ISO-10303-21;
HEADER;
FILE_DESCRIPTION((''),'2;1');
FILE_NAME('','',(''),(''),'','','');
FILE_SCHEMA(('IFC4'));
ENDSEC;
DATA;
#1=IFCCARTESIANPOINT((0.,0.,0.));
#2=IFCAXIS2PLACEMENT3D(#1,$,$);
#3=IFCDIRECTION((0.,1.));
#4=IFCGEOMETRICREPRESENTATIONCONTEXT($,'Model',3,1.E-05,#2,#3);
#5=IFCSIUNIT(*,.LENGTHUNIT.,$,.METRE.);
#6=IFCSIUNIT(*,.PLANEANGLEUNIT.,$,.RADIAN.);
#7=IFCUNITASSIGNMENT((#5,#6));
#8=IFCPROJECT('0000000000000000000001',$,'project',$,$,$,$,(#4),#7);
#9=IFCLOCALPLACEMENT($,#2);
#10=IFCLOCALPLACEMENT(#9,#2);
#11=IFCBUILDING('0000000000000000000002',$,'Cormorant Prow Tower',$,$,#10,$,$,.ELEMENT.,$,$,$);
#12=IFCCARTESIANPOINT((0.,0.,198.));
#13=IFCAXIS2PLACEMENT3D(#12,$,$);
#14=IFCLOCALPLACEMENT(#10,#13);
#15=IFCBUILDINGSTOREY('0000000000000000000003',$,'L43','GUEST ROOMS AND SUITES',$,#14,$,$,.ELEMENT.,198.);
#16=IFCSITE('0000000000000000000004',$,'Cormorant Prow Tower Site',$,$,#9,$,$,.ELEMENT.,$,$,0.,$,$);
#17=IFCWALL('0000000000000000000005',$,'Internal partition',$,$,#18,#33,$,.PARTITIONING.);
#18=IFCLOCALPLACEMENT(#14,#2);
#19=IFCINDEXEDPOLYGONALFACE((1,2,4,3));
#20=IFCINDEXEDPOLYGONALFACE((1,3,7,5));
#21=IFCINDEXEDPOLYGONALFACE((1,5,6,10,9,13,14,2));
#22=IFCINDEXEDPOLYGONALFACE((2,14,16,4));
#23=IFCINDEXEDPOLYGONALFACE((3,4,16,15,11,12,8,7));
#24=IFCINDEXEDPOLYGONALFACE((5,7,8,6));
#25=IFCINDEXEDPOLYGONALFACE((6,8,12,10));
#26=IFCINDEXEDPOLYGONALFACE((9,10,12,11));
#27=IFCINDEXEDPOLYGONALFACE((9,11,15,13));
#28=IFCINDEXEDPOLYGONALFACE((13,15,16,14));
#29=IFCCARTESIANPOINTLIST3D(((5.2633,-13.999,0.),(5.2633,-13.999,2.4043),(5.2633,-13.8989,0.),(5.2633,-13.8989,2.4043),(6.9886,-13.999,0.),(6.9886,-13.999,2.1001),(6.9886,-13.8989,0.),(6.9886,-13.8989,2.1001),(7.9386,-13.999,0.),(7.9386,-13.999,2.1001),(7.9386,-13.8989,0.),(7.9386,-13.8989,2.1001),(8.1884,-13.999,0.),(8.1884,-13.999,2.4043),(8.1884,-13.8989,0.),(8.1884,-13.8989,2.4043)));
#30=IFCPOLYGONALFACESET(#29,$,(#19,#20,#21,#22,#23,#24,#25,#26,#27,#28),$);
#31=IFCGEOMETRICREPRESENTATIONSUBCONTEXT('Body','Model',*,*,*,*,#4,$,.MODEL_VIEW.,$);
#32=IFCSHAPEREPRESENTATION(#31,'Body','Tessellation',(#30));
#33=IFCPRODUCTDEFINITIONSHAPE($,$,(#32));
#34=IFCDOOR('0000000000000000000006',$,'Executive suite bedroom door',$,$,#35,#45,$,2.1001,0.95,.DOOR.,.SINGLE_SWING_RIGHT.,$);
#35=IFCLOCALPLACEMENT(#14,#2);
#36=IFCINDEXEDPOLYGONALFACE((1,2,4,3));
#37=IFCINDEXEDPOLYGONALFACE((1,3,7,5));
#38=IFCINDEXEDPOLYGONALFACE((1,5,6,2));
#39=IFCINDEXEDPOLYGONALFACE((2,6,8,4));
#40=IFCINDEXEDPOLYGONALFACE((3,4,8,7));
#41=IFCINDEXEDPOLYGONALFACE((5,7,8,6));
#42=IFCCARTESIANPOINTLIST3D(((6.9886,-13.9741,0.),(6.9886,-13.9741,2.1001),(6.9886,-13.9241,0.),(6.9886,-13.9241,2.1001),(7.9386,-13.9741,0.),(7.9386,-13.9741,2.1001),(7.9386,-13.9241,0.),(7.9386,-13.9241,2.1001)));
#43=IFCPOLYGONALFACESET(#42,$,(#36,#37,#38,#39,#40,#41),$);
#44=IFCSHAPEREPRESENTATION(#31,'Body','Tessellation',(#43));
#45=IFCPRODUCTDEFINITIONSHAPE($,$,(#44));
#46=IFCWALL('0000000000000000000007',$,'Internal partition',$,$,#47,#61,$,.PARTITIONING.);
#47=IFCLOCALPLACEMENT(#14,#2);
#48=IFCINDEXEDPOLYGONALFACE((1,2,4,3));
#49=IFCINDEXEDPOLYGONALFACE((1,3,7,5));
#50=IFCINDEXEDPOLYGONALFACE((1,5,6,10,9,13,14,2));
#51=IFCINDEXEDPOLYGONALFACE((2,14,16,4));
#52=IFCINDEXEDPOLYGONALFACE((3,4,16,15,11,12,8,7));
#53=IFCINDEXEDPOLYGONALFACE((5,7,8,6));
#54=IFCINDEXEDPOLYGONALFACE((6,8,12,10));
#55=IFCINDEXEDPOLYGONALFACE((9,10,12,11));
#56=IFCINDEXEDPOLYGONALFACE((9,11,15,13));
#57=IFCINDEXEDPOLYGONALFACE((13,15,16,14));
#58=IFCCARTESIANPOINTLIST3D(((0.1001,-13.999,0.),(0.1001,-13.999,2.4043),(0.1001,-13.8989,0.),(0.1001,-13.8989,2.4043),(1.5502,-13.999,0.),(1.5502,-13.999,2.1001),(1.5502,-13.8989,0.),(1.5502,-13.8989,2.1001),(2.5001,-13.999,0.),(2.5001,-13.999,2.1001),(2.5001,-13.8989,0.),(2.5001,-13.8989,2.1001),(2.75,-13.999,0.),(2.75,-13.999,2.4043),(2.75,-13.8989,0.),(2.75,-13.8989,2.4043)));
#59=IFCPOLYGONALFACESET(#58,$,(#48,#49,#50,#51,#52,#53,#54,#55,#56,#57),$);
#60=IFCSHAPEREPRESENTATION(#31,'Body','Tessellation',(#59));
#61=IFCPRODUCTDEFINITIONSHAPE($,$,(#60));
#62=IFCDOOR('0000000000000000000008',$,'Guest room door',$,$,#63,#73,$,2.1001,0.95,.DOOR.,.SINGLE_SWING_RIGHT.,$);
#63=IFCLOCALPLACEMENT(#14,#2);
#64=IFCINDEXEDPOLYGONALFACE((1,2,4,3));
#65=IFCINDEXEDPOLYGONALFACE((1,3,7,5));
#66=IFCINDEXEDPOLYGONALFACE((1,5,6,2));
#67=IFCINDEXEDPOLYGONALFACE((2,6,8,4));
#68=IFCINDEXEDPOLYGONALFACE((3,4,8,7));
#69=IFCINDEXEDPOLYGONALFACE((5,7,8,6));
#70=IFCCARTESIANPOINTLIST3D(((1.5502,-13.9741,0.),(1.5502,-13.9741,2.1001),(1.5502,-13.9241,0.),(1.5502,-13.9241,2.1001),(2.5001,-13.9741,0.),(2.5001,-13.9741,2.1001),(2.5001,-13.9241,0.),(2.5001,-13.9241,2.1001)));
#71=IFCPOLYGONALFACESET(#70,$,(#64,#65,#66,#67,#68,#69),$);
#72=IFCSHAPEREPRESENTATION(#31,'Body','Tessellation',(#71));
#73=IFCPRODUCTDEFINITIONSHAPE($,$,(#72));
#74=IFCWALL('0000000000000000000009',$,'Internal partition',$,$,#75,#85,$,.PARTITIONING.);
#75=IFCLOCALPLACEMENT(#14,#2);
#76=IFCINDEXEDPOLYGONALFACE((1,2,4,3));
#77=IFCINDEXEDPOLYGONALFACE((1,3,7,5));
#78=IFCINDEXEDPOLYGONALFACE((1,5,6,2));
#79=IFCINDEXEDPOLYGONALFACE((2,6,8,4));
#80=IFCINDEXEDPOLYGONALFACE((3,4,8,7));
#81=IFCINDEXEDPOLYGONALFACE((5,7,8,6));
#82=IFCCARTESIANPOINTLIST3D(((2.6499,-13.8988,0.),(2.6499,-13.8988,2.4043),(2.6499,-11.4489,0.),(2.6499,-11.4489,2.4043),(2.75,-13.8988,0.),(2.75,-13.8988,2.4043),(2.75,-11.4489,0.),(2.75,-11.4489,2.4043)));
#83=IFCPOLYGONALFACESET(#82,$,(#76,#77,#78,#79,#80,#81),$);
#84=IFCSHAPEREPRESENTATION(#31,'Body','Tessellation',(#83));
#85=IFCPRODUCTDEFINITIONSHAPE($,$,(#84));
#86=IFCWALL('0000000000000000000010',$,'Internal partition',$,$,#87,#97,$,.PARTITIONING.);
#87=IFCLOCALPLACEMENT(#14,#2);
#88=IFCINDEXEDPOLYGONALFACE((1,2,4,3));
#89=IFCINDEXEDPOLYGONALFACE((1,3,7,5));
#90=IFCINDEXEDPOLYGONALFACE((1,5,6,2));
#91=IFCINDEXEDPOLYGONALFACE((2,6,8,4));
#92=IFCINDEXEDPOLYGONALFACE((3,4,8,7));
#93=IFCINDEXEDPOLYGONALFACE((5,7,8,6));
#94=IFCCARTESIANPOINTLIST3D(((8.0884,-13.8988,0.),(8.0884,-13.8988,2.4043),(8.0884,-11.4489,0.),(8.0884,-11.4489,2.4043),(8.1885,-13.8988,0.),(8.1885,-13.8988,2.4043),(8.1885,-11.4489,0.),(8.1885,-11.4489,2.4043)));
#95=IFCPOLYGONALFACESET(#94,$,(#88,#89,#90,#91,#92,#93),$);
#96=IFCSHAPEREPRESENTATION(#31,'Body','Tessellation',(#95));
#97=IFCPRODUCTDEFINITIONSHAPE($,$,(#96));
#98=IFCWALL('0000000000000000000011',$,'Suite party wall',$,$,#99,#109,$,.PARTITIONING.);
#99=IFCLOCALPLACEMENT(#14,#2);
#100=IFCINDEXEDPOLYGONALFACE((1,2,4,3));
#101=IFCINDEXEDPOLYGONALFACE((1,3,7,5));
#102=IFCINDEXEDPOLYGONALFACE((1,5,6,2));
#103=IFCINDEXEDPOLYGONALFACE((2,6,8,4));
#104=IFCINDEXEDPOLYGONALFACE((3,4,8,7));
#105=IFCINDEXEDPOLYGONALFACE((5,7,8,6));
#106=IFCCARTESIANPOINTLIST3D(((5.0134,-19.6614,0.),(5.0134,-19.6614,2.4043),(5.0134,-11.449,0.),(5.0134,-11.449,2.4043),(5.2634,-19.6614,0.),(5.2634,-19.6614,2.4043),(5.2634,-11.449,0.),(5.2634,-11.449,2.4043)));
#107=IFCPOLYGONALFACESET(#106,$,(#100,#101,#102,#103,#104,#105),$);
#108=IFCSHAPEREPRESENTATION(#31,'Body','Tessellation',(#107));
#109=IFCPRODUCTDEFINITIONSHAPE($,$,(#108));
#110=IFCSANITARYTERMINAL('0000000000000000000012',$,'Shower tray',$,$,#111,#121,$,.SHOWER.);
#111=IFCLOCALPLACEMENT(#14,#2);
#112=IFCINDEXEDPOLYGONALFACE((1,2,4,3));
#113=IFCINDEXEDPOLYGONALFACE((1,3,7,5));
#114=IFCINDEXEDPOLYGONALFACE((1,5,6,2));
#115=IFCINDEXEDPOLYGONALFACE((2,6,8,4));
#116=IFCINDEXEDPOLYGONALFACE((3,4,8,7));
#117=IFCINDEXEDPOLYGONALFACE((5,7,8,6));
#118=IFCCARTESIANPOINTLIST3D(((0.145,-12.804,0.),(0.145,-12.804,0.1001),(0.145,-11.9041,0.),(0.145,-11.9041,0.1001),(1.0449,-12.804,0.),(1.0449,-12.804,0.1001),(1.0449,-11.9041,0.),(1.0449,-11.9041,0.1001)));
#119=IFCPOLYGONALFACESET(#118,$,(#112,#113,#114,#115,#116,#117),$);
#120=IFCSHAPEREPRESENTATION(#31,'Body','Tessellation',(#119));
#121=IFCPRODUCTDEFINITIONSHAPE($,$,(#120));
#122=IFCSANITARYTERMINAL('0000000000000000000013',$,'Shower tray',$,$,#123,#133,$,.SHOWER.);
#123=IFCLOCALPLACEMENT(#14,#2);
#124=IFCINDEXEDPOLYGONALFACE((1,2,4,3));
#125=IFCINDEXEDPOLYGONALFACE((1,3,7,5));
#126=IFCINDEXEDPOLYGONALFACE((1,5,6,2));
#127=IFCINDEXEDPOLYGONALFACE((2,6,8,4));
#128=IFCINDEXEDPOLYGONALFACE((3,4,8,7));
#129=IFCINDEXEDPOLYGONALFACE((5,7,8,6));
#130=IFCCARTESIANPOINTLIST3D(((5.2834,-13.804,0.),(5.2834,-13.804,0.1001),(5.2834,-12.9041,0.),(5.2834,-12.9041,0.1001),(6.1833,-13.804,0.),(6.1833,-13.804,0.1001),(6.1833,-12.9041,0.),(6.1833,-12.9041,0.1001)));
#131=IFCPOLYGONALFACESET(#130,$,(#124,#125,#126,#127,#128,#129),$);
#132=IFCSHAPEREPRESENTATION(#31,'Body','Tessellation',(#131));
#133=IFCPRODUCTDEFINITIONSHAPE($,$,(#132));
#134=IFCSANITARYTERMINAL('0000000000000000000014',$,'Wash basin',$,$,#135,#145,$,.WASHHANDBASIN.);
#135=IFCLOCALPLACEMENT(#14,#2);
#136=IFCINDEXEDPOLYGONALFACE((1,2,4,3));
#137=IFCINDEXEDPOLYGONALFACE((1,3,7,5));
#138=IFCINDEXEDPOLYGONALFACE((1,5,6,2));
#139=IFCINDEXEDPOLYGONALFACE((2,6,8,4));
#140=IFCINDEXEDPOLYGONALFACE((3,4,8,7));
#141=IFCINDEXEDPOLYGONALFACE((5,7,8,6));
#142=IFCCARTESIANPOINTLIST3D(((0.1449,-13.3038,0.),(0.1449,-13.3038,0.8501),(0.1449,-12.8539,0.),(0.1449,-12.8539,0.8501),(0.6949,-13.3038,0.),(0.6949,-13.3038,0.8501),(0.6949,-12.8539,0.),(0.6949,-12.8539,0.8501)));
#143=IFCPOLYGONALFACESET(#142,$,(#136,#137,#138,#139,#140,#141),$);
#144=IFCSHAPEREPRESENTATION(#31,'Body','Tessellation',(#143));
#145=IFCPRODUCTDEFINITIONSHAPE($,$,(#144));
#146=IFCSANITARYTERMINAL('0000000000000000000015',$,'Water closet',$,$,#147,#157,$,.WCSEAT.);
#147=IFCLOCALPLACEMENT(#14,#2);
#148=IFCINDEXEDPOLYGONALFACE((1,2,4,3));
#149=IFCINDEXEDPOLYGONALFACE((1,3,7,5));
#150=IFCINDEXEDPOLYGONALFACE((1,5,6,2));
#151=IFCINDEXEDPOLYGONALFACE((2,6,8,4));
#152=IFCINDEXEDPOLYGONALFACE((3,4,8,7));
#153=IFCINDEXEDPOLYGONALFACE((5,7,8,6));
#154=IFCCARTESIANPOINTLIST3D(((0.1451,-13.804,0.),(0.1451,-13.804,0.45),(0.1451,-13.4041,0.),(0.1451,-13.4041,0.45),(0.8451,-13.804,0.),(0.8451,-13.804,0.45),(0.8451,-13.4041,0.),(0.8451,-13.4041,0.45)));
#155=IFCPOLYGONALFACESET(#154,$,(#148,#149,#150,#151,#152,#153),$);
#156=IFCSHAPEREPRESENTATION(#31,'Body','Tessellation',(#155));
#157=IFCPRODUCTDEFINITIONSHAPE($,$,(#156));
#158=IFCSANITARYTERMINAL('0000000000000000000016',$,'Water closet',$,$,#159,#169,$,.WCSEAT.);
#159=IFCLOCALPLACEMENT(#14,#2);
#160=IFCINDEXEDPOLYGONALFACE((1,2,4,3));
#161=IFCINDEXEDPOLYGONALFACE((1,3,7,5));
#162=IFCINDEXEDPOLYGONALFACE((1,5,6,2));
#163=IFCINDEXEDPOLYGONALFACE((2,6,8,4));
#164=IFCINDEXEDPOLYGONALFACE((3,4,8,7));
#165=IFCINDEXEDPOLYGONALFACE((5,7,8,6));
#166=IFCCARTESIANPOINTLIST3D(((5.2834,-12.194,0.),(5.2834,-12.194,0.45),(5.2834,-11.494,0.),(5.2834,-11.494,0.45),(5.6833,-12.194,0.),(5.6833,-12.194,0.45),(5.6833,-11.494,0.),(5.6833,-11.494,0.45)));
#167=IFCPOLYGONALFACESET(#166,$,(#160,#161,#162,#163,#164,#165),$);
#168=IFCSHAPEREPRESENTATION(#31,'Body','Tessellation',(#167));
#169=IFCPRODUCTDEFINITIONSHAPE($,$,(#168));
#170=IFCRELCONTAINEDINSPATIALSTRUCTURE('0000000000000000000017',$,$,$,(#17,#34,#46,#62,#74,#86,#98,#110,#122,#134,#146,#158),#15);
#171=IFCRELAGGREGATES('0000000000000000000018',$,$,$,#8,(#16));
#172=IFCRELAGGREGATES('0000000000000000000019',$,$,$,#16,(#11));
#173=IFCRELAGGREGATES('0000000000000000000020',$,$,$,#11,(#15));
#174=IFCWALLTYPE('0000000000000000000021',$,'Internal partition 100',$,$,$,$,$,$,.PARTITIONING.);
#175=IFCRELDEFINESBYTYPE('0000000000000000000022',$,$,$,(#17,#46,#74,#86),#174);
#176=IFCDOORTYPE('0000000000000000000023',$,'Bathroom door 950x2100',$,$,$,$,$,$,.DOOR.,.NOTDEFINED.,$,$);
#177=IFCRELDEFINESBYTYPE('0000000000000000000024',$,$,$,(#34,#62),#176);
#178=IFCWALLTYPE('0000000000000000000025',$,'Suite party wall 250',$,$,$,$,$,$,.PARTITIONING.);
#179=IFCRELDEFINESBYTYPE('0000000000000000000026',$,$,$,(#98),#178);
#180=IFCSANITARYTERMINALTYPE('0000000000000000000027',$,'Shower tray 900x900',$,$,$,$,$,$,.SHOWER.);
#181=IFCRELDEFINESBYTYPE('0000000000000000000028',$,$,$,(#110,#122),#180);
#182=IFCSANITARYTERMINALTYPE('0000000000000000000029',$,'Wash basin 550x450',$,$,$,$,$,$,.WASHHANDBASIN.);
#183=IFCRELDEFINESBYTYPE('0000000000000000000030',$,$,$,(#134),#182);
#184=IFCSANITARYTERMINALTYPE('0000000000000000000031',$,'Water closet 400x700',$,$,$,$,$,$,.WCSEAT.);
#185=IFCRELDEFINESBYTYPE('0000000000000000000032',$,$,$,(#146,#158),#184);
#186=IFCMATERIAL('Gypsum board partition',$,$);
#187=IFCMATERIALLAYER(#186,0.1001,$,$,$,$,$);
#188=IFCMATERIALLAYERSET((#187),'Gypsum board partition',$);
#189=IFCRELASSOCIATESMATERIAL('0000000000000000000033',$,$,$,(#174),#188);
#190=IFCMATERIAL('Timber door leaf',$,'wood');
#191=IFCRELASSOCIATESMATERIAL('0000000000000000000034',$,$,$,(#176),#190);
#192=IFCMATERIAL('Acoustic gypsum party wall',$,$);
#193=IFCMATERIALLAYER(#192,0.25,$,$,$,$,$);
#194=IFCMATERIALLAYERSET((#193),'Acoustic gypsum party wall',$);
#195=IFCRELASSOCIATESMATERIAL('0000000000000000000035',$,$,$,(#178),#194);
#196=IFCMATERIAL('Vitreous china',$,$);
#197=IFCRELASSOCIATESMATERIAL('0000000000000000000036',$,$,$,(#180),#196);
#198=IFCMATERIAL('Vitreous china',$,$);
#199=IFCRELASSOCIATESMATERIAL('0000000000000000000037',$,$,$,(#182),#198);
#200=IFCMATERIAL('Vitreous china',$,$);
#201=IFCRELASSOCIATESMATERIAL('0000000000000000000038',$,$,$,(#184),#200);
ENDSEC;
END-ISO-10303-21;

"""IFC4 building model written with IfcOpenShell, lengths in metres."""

from ifc_helpers import new_model, si_unit, direction, frame, frame_2d, origin, origin_2d, place, context, subcontext, project, spatial, rectangle, extrude, material, layer, layer_set, type_object, element, fill, save


model = new_model("IFC4")

# Units and contexts
model_context = context("Model", 3, precision=1e-05, world=origin(), true_north=direction((0.0, 1.0)))
body_context = subcontext(model_context, "Body", "Model", "MODEL_VIEW")
ifc_project = project(units=[si_unit("LENGTHUNIT", "METRE"), si_unit("PLANEANGLEUNIT", "RADIAN")], contexts=[model_context])

# Site, building, storey
site_placement = place(None, origin())
site = spatial("IfcSite", under=ifc_project, at=site_placement, Name="Cormorant Prow Tower Site", CompositionType="ELEMENT", RefElevation=0.0)
building_placement = place(site_placement, origin())
building = spatial("IfcBuilding", under=site, at=building_placement, Name="Cormorant Prow Tower", CompositionType="ELEMENT")
storey_placement = place(building_placement, frame((0.0, 0.0, 198.0)))
storey = spatial("IfcBuildingStorey", under=building, at=storey_placement, Name="L43", Description="GUEST ROOMS AND SUITES", CompositionType="ELEMENT", Elevation=198.0)

# Walls, openings, doors
ifc_material_1 = material(Name="Gypsum board partition")
ifc_layer_1 = layer(ifc_material_1, 0.1001)
ifc_layer_set_1 = layer_set([ifc_layer_1], Name="Gypsum board partition")
wall_type_1 = type_object("IfcWallType", Name="Internal partition 100", PredefinedType="PARTITIONING", material=ifc_layer_set_1)
wall_1_placement = place(storey_placement, frame((5.2634, -13.949, 0.0), z_axis=(0.0, 0.0, 1.0), x_axis=(1.0, 0.0, 0.0)))
wall_1 = element("IfcWall", 1, at=wall_1_placement, inside=storey, type_object=wall_type_1, Name="Internal partition", PredefinedType="PARTITIONING", context=body_context, shape_type="SweptSolid", body=[
    extrude(rectangle(XDim=2.925, YDim=0.1001, at=frame_2d((1.4624, 0.0))), origin(), (0.0, 0.0, 1.0), 2.4043),
])
opening_1_placement = place(wall_1_placement, frame((1.7251, 0.0, 0.0)))
opening_1 = element("IfcOpeningElement", 2, at=opening_1_placement, cuts=wall_1, PredefinedType="OPENING", context=body_context, shape_type="SweptSolid", body=[
    extrude(rectangle(XDim=0.95, YDim=2.1001, at=frame_2d((0.4751, 1.05))), frame((0.0, 0.0601, 0.0), z_axis=(0.0, -1.0, 0.0), x_axis=(1.0, 0.0, 0.0)), (0.0, 0.0, 1.0), 0.1201),
])
ifc_material_2 = material(Name="Timber door leaf", Category="wood")
door_type_1 = type_object("IfcDoorType", Name="Bathroom door 950x2100", OperationType="NOTDEFINED", PredefinedType="DOOR", material=ifc_material_2)
door_1_placement = place(opening_1_placement, origin())
door_1 = element("IfcDoor", 3, at=door_1_placement, inside=storey, type_object=door_type_1, Name="Executive suite bedroom door", OperationType="SINGLE_SWING_RIGHT", OverallHeight=2.1001, OverallWidth=0.95, PredefinedType="DOOR", context=body_context, shape_type="SweptSolid", body=[
    extrude(rectangle(XDim=0.95, YDim=2.1001, at=frame_2d((0.4751, 1.05))), frame((0.0, 0.0249, 0.0), z_axis=(0.0, -1.0, 0.0), x_axis=(1.0, 0.0, 0.0)), (0.0, 0.0, 1.0), 0.05),
])
fill(opening_1, door_1)
wall_2_placement = place(storey_placement, frame((0.1001, -13.949, 0.0), z_axis=(0.0, 0.0, 1.0), x_axis=(1.0, 0.0, 0.0)))
wall_2 = element("IfcWall", 4, at=wall_2_placement, inside=storey, type_object=wall_type_1, Name="Internal partition", PredefinedType="PARTITIONING", context=body_context, shape_type="SweptSolid", body=[
    extrude(rectangle(XDim=2.6499, YDim=0.1001, at=frame_2d((1.325, 0.0))), origin(), (0.0, 0.0, 1.0), 2.4043),
])
opening_2_placement = place(wall_2_placement, frame((1.45, 0.0, 0.0)))
opening_2 = element("IfcOpeningElement", 5, at=opening_2_placement, cuts=wall_2, PredefinedType="OPENING", context=body_context, shape_type="SweptSolid", body=[
    extrude(rectangle(XDim=0.95, YDim=2.1001, at=frame_2d((0.4751, 1.05))), frame((0.0, 0.0601, 0.0), z_axis=(0.0, -1.0, 0.0), x_axis=(1.0, 0.0, 0.0)), (0.0, 0.0, 1.0), 0.1201),
])
door_2_placement = place(opening_2_placement, origin())
door_2 = element("IfcDoor", 6, at=door_2_placement, inside=storey, type_object=door_type_1, Name="Guest room door", OperationType="SINGLE_SWING_RIGHT", OverallHeight=2.1001, OverallWidth=0.95, PredefinedType="DOOR", context=body_context, shape_type="SweptSolid", body=[
    extrude(rectangle(XDim=0.95, YDim=2.1001, at=frame_2d((0.4751, 1.05))), frame((0.0, 0.0249, 0.0), z_axis=(0.0, -1.0, 0.0), x_axis=(1.0, 0.0, 0.0)), (0.0, 0.0, 1.0), 0.05),
])
fill(opening_2, door_2)

# Walls
for number, where, z_axis, x_axis, name in (
    (7, (2.7, -13.8989, 0.0), (0.0, 0.0, 1.0), (0.0, 1.0, 0.0), "Internal partition"),
    (8, (8.1384, -13.8989, 0.0), (0.0, 0.0, 1.0), (0.0, 1.0, 0.0), "Internal partition"),
):
    element("IfcWall", number, at=place(storey_placement, frame(where, z_axis=z_axis, x_axis=x_axis)), inside=storey, type_object=wall_type_1, Name=name, PredefinedType="PARTITIONING", context=body_context, shape_type="SweptSolid", body=[
        extrude(rectangle(XDim=2.45, YDim=0.1001, at=frame_2d((1.2251, 0.0))), origin(), (0.0, 0.0, 1.0), 2.4043),
    ])
ifc_material_3 = material(Name="Acoustic gypsum party wall")
ifc_layer_2 = layer(ifc_material_3, 0.25)
ifc_layer_set_2 = layer_set([ifc_layer_2], Name="Acoustic gypsum party wall")
wall_type_2 = type_object("IfcWallType", Name="Suite party wall 250", PredefinedType="PARTITIONING", material=ifc_layer_set_2)
wall_3_placement = place(storey_placement, frame((5.1384, -19.6614, 0.0), z_axis=(0.0, 0.0, 1.0), x_axis=(0.0, 1.0, 0.0)))
element("IfcWall", 9, at=wall_3_placement, inside=storey, type_object=wall_type_2, Name="Suite party wall", PredefinedType="PARTITIONING", context=body_context, shape_type="SweptSolid", body=[
    extrude(rectangle(XDim=8.2124, YDim=0.25, at=frame_2d((4.1062, 0.0))), origin(), (0.0, 0.0, 1.0), 2.4043),
])

# Sanitary terminals
ifc_material_4 = material(Name="Vitreous china")
sanitary_terminal_type_1 = type_object("IfcSanitaryTerminalType", Name="Shower tray 900x900", PredefinedType="SHOWER", material=ifc_material_4)
for number, where, z_axis, x_axis, name in (
    (10, (0.595, -12.354, 0.0), (0.0, 0.0, 1.0), (1.0, 0.0, 0.0), "Shower tray"),
    (11, (5.7334, -13.354, 0.0), (0.0, 0.0, 1.0), (0.0, 1.0, 0.0), "Shower tray"),
):
    element("IfcSanitaryTerminal", number, at=place(storey_placement, frame(where, z_axis=z_axis, x_axis=x_axis)), inside=storey, type_object=sanitary_terminal_type_1, Name=name, PredefinedType="SHOWER", context=body_context, shape_type="SweptSolid", body=[
        extrude(rectangle(XDim=0.8999, YDim=0.8999, at=origin_2d()), origin(), (0.0, 0.0, 1.0), 0.1001),
    ])
ifc_material_5 = material(Name="Vitreous china")
sanitary_terminal_type_2 = type_object("IfcSanitaryTerminalType", Name="Wash basin 550x450", PredefinedType="WASHHANDBASIN", material=ifc_material_5)
sanitary_terminal_placement = place(storey_placement, frame((0.4199, -13.0789, 0.0), z_axis=(0.0, 0.0, 1.0), x_axis=(1.0, 0.0, 0.0)))
element("IfcSanitaryTerminal", 12, at=sanitary_terminal_placement, inside=storey, type_object=sanitary_terminal_type_2, Name="Wash basin", PredefinedType="WASHHANDBASIN", context=body_context, shape_type="SweptSolid", body=[
    extrude(rectangle(XDim=0.55, YDim=0.45, at=origin_2d()), origin(), (0.0, 0.0, 1.0), 0.8501),
])
ifc_material_6 = material(Name="Vitreous china")
sanitary_terminal_type_3 = type_object("IfcSanitaryTerminalType", Name="Water closet 400x700", PredefinedType="WCSEAT", material=ifc_material_6)
for number, where, z_axis, x_axis, name in (
    (13, (0.4951, -13.604, 0.0), (0.0, 0.0, 1.0), (0.0, 1.0, 0.0), "Water closet"),
    (14, (5.4834, -11.844, 0.0), (0.0, 0.0, 1.0), (1.0, 0.0, 0.0), "Water closet"),
):
    element("IfcSanitaryTerminal", number, at=place(storey_placement, frame(where, z_axis=z_axis, x_axis=x_axis)), inside=storey, type_object=sanitary_terminal_type_3, Name=name, PredefinedType="WCSEAT", context=body_context, shape_type="SweptSolid", body=[
        extrude(rectangle(XDim=0.3999, YDim=0.7, at=origin_2d()), origin(), (0.0, 0.0, 1.0), 0.45),
    ])

save(model, "model.ifc")
